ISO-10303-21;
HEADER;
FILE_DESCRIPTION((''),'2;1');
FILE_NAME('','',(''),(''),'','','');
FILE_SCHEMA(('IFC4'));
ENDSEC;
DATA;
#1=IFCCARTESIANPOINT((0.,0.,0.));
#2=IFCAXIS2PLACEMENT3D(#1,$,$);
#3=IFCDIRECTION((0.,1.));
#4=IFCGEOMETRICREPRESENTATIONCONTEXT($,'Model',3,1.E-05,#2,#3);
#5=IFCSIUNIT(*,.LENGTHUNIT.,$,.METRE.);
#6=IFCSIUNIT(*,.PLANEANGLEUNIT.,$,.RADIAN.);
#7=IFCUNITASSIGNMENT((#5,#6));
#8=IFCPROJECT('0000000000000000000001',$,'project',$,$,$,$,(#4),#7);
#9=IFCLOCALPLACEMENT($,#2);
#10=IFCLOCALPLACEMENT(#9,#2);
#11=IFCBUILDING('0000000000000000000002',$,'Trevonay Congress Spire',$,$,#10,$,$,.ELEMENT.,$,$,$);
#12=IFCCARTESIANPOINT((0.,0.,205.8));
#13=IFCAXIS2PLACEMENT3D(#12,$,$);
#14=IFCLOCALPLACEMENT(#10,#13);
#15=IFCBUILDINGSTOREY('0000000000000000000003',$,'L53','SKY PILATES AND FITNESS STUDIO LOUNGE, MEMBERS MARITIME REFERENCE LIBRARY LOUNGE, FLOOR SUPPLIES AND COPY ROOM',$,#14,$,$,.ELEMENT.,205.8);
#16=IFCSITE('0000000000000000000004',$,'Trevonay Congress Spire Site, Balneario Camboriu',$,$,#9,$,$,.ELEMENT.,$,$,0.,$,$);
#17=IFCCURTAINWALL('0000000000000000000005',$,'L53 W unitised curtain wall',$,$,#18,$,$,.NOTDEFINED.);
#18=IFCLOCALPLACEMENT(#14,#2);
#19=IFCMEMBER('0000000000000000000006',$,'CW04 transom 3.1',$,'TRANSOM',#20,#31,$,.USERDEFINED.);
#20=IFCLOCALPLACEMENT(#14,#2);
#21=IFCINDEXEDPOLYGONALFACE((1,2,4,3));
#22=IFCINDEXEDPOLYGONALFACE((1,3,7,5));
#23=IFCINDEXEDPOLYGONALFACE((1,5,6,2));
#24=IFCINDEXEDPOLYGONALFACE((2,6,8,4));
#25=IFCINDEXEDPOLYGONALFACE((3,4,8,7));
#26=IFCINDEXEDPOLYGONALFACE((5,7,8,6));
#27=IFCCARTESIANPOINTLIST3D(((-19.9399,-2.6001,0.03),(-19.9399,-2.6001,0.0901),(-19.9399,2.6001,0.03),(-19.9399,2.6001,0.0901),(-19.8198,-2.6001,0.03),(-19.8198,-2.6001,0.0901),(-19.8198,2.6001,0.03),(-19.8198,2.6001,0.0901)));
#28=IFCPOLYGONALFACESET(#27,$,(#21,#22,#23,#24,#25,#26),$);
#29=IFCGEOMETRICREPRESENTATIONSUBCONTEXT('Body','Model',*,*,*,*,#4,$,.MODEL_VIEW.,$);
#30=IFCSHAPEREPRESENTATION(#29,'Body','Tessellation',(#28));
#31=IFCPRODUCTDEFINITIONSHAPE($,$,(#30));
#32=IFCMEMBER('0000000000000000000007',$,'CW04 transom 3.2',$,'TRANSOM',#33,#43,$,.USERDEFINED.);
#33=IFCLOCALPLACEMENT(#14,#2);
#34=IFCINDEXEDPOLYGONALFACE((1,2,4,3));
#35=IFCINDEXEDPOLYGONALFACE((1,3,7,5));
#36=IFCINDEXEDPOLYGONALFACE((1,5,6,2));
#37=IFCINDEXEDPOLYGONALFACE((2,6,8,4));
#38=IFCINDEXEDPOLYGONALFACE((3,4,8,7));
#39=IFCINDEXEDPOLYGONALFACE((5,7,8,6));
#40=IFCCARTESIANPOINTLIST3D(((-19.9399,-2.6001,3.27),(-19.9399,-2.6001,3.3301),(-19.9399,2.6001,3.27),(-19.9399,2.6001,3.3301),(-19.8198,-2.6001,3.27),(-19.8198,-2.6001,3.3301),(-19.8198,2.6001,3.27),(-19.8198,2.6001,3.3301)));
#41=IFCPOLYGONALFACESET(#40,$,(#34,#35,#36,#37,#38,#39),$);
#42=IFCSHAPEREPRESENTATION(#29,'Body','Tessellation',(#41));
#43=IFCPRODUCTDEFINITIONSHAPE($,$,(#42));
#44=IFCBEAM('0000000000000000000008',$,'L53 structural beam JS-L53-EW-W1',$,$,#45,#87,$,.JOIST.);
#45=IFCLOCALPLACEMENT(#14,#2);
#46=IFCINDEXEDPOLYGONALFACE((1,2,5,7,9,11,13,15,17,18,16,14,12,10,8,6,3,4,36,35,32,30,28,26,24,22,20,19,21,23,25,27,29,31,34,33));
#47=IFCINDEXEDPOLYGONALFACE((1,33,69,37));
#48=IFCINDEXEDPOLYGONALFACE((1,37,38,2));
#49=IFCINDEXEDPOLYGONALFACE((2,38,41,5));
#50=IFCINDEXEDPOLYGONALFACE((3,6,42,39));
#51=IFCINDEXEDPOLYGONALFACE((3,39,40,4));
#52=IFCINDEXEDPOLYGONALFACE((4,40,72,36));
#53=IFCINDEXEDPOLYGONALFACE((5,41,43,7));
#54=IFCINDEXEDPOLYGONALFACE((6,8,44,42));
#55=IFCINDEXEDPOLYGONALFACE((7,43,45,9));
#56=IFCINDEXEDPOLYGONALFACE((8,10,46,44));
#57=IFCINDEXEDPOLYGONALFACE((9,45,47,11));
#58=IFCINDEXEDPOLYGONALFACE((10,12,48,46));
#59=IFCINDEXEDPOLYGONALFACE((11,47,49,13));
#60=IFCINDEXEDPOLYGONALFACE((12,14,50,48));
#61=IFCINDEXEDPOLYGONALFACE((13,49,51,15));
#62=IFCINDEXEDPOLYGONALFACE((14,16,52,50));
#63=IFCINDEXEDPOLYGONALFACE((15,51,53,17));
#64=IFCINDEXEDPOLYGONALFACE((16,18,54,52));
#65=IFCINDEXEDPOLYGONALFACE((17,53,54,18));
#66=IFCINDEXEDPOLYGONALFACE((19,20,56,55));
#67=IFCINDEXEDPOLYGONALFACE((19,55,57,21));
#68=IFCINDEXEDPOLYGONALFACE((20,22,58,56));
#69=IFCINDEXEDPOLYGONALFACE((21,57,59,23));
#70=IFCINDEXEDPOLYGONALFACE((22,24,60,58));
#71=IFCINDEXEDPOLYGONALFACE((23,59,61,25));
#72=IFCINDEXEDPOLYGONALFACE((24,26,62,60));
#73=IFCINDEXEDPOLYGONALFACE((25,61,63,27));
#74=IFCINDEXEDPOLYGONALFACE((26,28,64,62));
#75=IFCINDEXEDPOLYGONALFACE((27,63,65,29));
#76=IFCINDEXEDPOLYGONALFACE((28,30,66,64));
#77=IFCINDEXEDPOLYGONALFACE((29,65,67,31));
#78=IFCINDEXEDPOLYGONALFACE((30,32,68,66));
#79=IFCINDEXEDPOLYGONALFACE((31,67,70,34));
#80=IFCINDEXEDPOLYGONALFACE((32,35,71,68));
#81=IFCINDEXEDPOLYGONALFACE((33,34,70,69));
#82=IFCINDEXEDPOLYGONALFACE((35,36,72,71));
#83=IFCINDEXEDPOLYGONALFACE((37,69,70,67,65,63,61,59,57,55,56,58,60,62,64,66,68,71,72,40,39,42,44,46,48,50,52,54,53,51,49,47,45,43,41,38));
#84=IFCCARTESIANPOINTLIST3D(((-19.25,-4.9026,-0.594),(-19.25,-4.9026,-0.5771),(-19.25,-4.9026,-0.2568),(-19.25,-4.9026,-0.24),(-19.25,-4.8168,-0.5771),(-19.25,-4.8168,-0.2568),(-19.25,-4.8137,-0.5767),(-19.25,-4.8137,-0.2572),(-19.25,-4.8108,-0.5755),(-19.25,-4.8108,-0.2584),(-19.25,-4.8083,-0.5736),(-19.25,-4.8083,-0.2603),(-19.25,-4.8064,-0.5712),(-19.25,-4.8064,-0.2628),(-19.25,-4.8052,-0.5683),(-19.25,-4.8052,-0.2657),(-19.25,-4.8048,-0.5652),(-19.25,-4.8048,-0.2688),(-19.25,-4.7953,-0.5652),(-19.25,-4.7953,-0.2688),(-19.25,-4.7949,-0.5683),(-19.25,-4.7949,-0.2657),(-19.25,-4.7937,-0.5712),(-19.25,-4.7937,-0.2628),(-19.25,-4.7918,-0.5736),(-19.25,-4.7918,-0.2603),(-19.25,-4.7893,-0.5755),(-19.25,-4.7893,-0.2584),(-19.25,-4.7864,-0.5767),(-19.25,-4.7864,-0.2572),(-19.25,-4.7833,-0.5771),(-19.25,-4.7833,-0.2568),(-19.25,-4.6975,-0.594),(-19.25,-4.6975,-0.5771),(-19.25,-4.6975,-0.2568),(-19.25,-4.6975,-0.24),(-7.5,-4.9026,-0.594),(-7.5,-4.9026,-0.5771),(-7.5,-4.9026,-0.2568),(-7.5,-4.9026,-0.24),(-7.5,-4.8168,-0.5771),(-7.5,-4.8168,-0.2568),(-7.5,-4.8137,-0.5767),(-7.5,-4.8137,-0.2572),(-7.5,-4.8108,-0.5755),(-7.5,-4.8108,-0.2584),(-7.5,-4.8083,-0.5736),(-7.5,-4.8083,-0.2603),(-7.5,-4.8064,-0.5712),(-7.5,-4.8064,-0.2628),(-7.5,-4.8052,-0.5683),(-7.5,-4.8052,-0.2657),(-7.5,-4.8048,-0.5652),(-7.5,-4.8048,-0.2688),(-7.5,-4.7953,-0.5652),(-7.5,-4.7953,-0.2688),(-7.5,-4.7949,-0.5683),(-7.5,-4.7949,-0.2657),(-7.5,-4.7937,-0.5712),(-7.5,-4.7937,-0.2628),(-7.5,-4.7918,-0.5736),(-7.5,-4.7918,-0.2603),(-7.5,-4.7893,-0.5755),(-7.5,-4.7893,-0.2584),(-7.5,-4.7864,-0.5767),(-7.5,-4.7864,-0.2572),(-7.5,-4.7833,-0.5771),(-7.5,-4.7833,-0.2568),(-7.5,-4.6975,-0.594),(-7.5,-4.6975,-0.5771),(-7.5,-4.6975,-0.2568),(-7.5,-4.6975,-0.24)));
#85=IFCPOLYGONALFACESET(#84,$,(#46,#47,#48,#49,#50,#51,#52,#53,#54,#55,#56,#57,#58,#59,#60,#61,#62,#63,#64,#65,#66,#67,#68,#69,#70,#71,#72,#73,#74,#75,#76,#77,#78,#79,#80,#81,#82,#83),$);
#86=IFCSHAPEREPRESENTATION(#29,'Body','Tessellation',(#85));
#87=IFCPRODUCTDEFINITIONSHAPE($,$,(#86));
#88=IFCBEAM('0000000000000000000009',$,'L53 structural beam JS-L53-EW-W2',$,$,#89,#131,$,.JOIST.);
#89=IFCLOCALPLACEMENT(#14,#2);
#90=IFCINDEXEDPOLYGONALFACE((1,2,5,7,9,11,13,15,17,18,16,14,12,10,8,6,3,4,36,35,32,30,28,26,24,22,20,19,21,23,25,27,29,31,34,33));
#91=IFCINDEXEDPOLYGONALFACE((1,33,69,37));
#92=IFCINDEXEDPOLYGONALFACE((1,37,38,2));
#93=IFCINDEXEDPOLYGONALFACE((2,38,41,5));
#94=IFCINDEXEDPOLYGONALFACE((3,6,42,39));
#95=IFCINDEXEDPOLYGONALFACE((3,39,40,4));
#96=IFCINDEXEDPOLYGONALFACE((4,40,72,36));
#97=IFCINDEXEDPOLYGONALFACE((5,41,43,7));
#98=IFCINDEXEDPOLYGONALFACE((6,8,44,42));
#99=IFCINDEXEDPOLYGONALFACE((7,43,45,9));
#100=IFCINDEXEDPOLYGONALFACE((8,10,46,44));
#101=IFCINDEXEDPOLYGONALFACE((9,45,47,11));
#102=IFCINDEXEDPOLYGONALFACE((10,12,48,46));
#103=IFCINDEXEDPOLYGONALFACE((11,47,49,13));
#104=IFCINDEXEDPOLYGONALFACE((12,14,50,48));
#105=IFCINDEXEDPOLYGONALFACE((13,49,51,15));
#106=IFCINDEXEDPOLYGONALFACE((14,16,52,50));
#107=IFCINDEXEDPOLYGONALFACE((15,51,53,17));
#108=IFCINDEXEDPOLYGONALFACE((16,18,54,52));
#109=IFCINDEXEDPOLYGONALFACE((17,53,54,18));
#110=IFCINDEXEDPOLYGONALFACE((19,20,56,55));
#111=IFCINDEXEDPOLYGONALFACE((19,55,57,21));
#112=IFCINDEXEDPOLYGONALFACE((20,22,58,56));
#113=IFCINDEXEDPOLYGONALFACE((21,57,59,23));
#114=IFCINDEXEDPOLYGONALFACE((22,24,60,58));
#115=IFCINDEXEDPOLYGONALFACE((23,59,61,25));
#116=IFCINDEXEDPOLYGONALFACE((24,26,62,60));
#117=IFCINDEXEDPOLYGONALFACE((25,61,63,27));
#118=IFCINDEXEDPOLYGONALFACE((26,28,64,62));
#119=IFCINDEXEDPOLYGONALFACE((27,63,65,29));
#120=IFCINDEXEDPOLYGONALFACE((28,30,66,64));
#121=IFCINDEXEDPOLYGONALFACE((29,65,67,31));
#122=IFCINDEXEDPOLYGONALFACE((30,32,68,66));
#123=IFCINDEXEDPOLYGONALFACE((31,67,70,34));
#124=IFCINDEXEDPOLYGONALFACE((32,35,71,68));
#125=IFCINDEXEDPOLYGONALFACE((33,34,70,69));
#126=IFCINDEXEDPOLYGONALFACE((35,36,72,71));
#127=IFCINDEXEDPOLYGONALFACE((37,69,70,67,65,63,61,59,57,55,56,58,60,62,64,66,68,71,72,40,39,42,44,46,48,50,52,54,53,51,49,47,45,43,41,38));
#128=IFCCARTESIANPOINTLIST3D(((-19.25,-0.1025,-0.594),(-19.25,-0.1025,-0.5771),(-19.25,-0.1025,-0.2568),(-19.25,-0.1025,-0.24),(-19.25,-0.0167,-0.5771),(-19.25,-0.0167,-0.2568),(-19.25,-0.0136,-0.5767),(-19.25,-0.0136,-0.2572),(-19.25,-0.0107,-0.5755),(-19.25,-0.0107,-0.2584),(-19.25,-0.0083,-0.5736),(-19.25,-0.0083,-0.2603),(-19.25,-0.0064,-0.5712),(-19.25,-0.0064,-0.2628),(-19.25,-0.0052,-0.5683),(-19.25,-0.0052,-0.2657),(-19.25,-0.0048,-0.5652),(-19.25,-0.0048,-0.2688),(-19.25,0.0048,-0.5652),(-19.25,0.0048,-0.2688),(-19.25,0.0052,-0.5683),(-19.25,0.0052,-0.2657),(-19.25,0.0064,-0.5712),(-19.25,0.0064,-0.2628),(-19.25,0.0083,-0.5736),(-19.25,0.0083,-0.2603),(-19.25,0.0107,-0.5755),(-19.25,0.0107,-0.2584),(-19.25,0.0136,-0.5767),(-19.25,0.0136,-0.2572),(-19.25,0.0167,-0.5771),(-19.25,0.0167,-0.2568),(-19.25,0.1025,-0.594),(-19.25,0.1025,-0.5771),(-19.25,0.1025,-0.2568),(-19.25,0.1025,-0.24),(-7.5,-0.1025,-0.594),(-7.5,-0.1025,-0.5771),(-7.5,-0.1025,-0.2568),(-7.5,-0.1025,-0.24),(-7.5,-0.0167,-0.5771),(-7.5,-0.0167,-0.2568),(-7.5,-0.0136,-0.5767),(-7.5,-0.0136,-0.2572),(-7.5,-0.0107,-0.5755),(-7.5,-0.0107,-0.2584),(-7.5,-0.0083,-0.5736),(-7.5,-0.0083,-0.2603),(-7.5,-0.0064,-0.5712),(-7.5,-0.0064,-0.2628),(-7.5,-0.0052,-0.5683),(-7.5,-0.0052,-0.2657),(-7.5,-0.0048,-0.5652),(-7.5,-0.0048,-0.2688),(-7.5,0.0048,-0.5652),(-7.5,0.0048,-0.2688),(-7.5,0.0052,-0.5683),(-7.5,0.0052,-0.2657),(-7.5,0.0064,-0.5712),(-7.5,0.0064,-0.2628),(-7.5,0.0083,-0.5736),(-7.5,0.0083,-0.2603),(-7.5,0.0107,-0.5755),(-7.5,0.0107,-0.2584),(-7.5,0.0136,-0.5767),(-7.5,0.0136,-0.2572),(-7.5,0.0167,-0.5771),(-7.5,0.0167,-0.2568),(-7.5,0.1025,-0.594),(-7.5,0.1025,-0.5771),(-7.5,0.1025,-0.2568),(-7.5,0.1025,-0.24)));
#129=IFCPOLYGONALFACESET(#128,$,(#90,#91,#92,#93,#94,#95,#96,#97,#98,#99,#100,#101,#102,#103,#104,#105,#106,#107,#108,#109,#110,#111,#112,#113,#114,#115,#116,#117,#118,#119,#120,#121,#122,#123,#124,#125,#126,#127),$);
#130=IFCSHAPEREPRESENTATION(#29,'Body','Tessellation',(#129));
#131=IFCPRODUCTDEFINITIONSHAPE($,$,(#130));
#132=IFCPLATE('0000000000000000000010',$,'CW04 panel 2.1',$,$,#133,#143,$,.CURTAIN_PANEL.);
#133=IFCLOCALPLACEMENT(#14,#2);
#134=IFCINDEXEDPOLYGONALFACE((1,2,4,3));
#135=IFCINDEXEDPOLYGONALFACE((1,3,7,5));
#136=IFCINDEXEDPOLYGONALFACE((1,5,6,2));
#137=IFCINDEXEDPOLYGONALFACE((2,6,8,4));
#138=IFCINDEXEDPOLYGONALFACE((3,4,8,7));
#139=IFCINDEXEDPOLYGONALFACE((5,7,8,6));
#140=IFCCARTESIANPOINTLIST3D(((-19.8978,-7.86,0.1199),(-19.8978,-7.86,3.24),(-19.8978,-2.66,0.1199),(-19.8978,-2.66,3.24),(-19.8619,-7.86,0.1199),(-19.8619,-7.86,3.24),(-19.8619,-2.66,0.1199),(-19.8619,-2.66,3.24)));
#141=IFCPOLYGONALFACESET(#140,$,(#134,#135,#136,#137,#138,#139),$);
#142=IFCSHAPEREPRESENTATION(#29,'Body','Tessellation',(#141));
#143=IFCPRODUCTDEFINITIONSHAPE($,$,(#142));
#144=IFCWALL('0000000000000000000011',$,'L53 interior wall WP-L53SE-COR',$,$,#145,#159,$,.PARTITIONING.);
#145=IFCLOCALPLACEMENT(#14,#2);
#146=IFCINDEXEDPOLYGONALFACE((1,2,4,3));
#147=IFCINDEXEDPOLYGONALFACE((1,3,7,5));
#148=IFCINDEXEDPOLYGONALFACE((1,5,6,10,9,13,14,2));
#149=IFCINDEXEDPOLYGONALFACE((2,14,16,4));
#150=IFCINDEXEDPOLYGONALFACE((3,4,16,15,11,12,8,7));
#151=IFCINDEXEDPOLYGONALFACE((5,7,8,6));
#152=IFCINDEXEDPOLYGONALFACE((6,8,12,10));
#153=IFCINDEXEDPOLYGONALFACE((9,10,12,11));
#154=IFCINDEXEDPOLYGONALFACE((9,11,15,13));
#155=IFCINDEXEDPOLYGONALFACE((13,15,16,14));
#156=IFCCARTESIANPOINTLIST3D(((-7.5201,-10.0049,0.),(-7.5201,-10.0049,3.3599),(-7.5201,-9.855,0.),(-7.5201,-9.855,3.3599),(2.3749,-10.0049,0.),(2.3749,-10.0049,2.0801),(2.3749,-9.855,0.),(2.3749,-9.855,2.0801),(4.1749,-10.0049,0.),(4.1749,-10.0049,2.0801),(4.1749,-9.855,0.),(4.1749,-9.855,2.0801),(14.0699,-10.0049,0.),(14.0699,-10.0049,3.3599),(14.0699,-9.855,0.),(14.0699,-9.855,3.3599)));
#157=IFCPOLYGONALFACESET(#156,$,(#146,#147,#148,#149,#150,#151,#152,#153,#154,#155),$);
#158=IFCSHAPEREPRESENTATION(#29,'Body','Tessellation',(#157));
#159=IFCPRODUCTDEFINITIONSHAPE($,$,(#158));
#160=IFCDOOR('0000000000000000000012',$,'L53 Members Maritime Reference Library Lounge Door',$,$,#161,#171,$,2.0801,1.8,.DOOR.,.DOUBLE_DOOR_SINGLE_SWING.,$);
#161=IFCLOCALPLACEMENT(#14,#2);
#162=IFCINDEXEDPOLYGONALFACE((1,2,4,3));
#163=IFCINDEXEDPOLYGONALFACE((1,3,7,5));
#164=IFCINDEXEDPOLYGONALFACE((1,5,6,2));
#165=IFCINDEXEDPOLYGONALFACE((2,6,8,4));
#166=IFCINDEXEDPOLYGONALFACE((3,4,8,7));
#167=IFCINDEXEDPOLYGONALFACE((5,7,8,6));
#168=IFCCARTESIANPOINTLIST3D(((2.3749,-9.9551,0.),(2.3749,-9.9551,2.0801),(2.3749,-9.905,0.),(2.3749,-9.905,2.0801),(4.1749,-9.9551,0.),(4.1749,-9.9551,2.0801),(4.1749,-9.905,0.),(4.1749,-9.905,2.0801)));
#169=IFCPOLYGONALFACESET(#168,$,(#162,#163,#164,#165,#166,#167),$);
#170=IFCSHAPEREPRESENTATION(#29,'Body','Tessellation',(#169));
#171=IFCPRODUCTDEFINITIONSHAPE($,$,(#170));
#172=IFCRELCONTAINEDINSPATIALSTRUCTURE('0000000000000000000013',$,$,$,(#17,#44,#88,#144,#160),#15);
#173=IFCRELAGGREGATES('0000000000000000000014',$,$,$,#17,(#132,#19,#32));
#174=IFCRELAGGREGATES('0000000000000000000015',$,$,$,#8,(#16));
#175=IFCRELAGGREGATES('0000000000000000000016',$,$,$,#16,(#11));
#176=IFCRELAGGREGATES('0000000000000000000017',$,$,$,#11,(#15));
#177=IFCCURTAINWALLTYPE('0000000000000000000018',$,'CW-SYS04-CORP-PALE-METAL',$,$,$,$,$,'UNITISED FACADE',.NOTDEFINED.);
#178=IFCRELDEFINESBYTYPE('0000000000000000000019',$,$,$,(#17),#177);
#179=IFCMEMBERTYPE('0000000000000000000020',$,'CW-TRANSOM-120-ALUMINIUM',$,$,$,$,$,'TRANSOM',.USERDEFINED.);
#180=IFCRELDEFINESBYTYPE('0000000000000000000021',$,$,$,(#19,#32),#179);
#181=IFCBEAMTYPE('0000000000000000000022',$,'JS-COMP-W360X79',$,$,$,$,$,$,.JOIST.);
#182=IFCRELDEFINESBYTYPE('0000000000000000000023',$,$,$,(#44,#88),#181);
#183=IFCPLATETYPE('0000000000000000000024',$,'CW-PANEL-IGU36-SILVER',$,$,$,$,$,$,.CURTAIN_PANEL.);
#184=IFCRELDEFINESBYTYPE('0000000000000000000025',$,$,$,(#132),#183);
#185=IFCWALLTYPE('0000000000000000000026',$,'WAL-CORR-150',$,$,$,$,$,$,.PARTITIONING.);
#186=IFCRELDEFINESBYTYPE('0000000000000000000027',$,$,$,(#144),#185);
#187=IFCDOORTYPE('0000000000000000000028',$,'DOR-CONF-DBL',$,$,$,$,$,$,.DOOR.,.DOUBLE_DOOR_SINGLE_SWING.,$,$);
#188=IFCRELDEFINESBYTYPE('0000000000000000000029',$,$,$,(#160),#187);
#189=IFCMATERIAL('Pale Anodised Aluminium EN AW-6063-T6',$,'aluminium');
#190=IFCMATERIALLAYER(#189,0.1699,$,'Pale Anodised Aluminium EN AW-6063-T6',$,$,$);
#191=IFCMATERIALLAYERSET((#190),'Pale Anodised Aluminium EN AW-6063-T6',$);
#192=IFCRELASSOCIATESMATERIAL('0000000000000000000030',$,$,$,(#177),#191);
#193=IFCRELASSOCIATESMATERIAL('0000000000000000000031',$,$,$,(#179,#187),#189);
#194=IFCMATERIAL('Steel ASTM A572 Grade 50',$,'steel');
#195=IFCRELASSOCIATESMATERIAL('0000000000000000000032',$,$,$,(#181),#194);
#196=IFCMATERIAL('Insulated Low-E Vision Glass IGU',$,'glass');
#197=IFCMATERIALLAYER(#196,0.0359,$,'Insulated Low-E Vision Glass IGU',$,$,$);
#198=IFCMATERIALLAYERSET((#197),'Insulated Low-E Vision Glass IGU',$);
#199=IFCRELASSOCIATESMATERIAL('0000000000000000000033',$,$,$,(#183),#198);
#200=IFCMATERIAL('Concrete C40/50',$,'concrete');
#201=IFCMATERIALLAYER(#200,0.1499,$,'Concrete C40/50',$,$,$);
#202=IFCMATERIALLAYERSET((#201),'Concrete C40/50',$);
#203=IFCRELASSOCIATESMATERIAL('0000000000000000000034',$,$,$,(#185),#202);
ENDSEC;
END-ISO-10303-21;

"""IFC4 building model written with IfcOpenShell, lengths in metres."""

from ifc_helpers import new_model, si_unit, direction, frame, frame_2d, origin, origin_2d, place, context, subcontext, project, spatial, rectangle, i_section, extrude, material, layer, layer_set, material_profile, profile_set, type_object, element, fill, aggregate, save


model = new_model("IFC4")

# Units and contexts
model_context = context("Model", 3, precision=1e-05, world=origin(), true_north=direction((0.0, 1.0)))
body_context = subcontext(model_context, "Body", "Model", "MODEL_VIEW")
ifc_project = project(units=[si_unit("LENGTHUNIT", "METRE"), si_unit("PLANEANGLEUNIT", "RADIAN")], contexts=[model_context])

# Site, building, storey
site_placement = place(None, origin())
site = spatial("IfcSite", under=ifc_project, at=site_placement, Name="Trevonay Congress Spire Site, Balneario Camboriu", CompositionType="ELEMENT", RefElevation=0.0)
building_placement = place(site_placement, origin())
building = spatial("IfcBuilding", under=site, at=building_placement, Name="Trevonay Congress Spire", CompositionType="ELEMENT")
storey_placement = place(building_placement, frame((0.0, 0.0, 205.8)))
storey = spatial("IfcBuildingStorey", under=building, at=storey_placement, Name="L53", Description="SKY PILATES AND FITNESS STUDIO LOUNGE, MEMBERS MARITIME REFERENCE LIBRARY LOUNGE, FLOOR SUPPLIES AND COPY ROOM", CompositionType="ELEMENT", Elevation=205.8)

# Shared definitions
ifc_material_1 = material(Name="Steel ASTM A572 Grade 50", Category="steel")

# Curtain wall, members
ifc_material_2 = material(Name="Pale Anodised Aluminium EN AW-6063-T6", Category="aluminium")
ifc_layer_1 = layer(ifc_material_2, 0.1699, Name="Pale Anodised Aluminium EN AW-6063-T6")
ifc_layer_set_1 = layer_set([ifc_layer_1], Name="Pale Anodised Aluminium EN AW-6063-T6")
curtain_wall_type = type_object("IfcCurtainWallType", Name="CW-SYS04-CORP-PALE-METAL", ElementType="UNITISED FACADE", PredefinedType="NOTDEFINED", material=ifc_layer_set_1)
curtain_wall_placement = place(storey_placement, origin())
curtain_wall = element("IfcCurtainWall", 1, at=curtain_wall_placement, inside=storey, type_object=curtain_wall_type, Name="L53 W unitised curtain wall", PredefinedType="NOTDEFINED")
ifc_material_profile_1 = material_profile(ifc_material_2, rectangle(XDim=0.1201, YDim=0.0601, at=origin_2d()), Name="CW-TRANSOM-120-ALUMINIUM")
ifc_profile_set_1 = profile_set([ifc_material_profile_1], Name="Pale Anodised Aluminium EN AW-6063-T6")
member_type_1 = type_object("IfcMemberType", Name="CW-TRANSOM-120-ALUMINIUM", ElementType="TRANSOM", PredefinedType="USERDEFINED", material=ifc_profile_set_1)
member_1_placement = place(storey_placement, frame((-19.8799, -2.6001, 0.0601), z_axis=(0.0, 1.0, 0.0), x_axis=(-1.0, 0.0, 0.0)))
member_1 = element("IfcMember", 2, at=member_1_placement, type_object=member_type_1, Name="CW04 transom 3.1", ObjectType="TRANSOM", PredefinedType="USERDEFINED", context=body_context, shape_type="SweptSolid", body=[
    extrude(rectangle(XDim=0.1201, YDim=0.0601, at=origin_2d()), origin(), (0.0, 0.0, 1.0), 5.2002),
])
member_2_placement = place(storey_placement, frame((-19.8799, -2.6001, 3.3), z_axis=(0.0, 1.0, 0.0), x_axis=(-1.0, 0.0, 0.0)))
member_2 = element("IfcMember", 3, at=member_2_placement, type_object=member_type_1, Name="CW04 transom 3.2", ObjectType="TRANSOM", PredefinedType="USERDEFINED", context=body_context, shape_type="SweptSolid", body=[
    extrude(rectangle(XDim=0.1201, YDim=0.0601, at=origin_2d()), origin(), (0.0, 0.0, 1.0), 5.2002),
])

# Beams
ifc_material_profile_2 = material_profile(ifc_material_1, i_section(OverallWidth=0.2051, OverallDepth=0.354, WebThickness=0.0095, FlangeThickness=0.0168, FilletRadius=0.012, at=origin_2d()), Name="W360x79")
ifc_profile_set_2 = profile_set([ifc_material_profile_2], Name="Steel ASTM A572 Grade 50")
beam_type_1 = type_object("IfcBeamType", Name="JS-COMP-W360X79", PredefinedType="JOIST", material=ifc_profile_set_2)
for number, where, z_axis, x_axis, name in (
    (4, (-19.25, -4.8, -0.417), (1.0, 0.0, 0.0), (0.0, 1.0, 0.0), "L53 structural beam JS-L53-EW-W1"),
    (5, (-19.25, 0.0, -0.417), (1.0, 0.0, 0.0), (0.0, 1.0, 0.0), "L53 structural beam JS-L53-EW-W2"),
):
    element("IfcBeam", number, at=place(storey_placement, frame(where, z_axis=z_axis, x_axis=x_axis)), inside=storey, type_object=beam_type_1, Name=name, PredefinedType="JOIST", context=body_context, shape_type="SweptSolid", body=[
        extrude(i_section(OverallWidth=0.2051, OverallDepth=0.354, WebThickness=0.0095, FlangeThickness=0.0168, FilletRadius=0.012, at=origin_2d()), origin(), (0.0, 0.0, 1.0), 11.75),
    ])

# Plate
ifc_material_3 = material(Name="Insulated Low-E Vision Glass IGU", Category="glass")
ifc_layer_2 = layer(ifc_material_3, 0.0359, Name="Insulated Low-E Vision Glass IGU")
ifc_layer_set_2 = layer_set([ifc_layer_2], Name="Insulated Low-E Vision Glass IGU")
plate_type = type_object("IfcPlateType", Name="CW-PANEL-IGU36-SILVER", PredefinedType="CURTAIN_PANEL", material=ifc_layer_set_2)
plate_placement = place(storey_placement, frame((-19.8799, -5.26, 0.1199), z_axis=(0.0, 0.0, 1.0), x_axis=(0.0, 1.0, 0.0)))
plate = element("IfcPlate", 6, at=plate_placement, type_object=plate_type, Name="CW04 panel 2.1", PredefinedType="CURTAIN_PANEL", context=body_context, shape_type="SweptSolid", body=[
    extrude(rectangle(XDim=5.2, YDim=0.0359, at=origin_2d()), origin(), (0.0, 0.0, 1.0), 3.1201),
])
aggregate(curtain_wall, [plate, member_1, member_2])

# Wall, opening, door
ifc_material_4 = material(Name="Concrete C40/50", Category="concrete")
ifc_layer_3 = layer(ifc_material_4, 0.1499, Name="Concrete C40/50")
ifc_layer_set_3 = layer_set([ifc_layer_3], Name="Concrete C40/50")
wall_type_1 = type_object("IfcWallType", Name="WAL-CORR-150", PredefinedType="PARTITIONING", material=ifc_layer_set_3)
wall_1_placement = place(storey_placement, frame((-7.52, -9.9299, 0.0), z_axis=(0.0, 0.0, 1.0), x_axis=(1.0, 0.0, 0.0)))
wall_1 = element("IfcWall", 7, at=wall_1_placement, inside=storey, type_object=wall_type_1, Name="L53 interior wall WP-L53SE-COR", PredefinedType="PARTITIONING", context=body_context, shape_type="SweptSolid", body=[
    extrude(rectangle(XDim=21.5901, YDim=0.1499, at=frame_2d((10.7949, 0.0))), origin(), (0.0, 0.0, 1.0), 3.3599),
])
opening_1_placement = place(wall_1_placement, frame((9.895, 0.0, 0.0)))
opening_1 = element("IfcOpeningElement", 8, at=opening_1_placement, cuts=wall_1, PredefinedType="OPENING", context=body_context, shape_type="SweptSolid", body=[
    extrude(rectangle(XDim=1.8, YDim=2.0801, at=frame_2d((0.8999, 1.04))), frame((0.0, 0.085, 0.0), z_axis=(0.0, -1.0, 0.0), x_axis=(1.0, 0.0, 0.0)), (0.0, 0.0, 1.0), 0.1699),
])
door_type_1 = type_object("IfcDoorType", Name="DOR-CONF-DBL", OperationType="DOUBLE_DOOR_SINGLE_SWING", PredefinedType="DOOR", material=ifc_material_2)
door_1_placement = place(opening_1_placement, origin())
door_1 = element("IfcDoor", 9, at=door_1_placement, inside=storey, type_object=door_type_1, Name="L53 Members Maritime Reference Library Lounge Door", OperationType="DOUBLE_DOOR_SINGLE_SWING", OverallHeight=2.0801, OverallWidth=1.8, PredefinedType="DOOR", context=body_context, shape_type="SweptSolid", body=[
    extrude(rectangle(XDim=1.8, YDim=2.0801, at=frame_2d((0.8999, 1.04))), frame((0.0, 0.0249, 0.0), z_axis=(0.0, -1.0, 0.0), x_axis=(1.0, 0.0, 0.0)), (0.0, 0.0, 1.0), 0.05),
])
fill(opening_1, door_1)

save(model, "model.ifc")
